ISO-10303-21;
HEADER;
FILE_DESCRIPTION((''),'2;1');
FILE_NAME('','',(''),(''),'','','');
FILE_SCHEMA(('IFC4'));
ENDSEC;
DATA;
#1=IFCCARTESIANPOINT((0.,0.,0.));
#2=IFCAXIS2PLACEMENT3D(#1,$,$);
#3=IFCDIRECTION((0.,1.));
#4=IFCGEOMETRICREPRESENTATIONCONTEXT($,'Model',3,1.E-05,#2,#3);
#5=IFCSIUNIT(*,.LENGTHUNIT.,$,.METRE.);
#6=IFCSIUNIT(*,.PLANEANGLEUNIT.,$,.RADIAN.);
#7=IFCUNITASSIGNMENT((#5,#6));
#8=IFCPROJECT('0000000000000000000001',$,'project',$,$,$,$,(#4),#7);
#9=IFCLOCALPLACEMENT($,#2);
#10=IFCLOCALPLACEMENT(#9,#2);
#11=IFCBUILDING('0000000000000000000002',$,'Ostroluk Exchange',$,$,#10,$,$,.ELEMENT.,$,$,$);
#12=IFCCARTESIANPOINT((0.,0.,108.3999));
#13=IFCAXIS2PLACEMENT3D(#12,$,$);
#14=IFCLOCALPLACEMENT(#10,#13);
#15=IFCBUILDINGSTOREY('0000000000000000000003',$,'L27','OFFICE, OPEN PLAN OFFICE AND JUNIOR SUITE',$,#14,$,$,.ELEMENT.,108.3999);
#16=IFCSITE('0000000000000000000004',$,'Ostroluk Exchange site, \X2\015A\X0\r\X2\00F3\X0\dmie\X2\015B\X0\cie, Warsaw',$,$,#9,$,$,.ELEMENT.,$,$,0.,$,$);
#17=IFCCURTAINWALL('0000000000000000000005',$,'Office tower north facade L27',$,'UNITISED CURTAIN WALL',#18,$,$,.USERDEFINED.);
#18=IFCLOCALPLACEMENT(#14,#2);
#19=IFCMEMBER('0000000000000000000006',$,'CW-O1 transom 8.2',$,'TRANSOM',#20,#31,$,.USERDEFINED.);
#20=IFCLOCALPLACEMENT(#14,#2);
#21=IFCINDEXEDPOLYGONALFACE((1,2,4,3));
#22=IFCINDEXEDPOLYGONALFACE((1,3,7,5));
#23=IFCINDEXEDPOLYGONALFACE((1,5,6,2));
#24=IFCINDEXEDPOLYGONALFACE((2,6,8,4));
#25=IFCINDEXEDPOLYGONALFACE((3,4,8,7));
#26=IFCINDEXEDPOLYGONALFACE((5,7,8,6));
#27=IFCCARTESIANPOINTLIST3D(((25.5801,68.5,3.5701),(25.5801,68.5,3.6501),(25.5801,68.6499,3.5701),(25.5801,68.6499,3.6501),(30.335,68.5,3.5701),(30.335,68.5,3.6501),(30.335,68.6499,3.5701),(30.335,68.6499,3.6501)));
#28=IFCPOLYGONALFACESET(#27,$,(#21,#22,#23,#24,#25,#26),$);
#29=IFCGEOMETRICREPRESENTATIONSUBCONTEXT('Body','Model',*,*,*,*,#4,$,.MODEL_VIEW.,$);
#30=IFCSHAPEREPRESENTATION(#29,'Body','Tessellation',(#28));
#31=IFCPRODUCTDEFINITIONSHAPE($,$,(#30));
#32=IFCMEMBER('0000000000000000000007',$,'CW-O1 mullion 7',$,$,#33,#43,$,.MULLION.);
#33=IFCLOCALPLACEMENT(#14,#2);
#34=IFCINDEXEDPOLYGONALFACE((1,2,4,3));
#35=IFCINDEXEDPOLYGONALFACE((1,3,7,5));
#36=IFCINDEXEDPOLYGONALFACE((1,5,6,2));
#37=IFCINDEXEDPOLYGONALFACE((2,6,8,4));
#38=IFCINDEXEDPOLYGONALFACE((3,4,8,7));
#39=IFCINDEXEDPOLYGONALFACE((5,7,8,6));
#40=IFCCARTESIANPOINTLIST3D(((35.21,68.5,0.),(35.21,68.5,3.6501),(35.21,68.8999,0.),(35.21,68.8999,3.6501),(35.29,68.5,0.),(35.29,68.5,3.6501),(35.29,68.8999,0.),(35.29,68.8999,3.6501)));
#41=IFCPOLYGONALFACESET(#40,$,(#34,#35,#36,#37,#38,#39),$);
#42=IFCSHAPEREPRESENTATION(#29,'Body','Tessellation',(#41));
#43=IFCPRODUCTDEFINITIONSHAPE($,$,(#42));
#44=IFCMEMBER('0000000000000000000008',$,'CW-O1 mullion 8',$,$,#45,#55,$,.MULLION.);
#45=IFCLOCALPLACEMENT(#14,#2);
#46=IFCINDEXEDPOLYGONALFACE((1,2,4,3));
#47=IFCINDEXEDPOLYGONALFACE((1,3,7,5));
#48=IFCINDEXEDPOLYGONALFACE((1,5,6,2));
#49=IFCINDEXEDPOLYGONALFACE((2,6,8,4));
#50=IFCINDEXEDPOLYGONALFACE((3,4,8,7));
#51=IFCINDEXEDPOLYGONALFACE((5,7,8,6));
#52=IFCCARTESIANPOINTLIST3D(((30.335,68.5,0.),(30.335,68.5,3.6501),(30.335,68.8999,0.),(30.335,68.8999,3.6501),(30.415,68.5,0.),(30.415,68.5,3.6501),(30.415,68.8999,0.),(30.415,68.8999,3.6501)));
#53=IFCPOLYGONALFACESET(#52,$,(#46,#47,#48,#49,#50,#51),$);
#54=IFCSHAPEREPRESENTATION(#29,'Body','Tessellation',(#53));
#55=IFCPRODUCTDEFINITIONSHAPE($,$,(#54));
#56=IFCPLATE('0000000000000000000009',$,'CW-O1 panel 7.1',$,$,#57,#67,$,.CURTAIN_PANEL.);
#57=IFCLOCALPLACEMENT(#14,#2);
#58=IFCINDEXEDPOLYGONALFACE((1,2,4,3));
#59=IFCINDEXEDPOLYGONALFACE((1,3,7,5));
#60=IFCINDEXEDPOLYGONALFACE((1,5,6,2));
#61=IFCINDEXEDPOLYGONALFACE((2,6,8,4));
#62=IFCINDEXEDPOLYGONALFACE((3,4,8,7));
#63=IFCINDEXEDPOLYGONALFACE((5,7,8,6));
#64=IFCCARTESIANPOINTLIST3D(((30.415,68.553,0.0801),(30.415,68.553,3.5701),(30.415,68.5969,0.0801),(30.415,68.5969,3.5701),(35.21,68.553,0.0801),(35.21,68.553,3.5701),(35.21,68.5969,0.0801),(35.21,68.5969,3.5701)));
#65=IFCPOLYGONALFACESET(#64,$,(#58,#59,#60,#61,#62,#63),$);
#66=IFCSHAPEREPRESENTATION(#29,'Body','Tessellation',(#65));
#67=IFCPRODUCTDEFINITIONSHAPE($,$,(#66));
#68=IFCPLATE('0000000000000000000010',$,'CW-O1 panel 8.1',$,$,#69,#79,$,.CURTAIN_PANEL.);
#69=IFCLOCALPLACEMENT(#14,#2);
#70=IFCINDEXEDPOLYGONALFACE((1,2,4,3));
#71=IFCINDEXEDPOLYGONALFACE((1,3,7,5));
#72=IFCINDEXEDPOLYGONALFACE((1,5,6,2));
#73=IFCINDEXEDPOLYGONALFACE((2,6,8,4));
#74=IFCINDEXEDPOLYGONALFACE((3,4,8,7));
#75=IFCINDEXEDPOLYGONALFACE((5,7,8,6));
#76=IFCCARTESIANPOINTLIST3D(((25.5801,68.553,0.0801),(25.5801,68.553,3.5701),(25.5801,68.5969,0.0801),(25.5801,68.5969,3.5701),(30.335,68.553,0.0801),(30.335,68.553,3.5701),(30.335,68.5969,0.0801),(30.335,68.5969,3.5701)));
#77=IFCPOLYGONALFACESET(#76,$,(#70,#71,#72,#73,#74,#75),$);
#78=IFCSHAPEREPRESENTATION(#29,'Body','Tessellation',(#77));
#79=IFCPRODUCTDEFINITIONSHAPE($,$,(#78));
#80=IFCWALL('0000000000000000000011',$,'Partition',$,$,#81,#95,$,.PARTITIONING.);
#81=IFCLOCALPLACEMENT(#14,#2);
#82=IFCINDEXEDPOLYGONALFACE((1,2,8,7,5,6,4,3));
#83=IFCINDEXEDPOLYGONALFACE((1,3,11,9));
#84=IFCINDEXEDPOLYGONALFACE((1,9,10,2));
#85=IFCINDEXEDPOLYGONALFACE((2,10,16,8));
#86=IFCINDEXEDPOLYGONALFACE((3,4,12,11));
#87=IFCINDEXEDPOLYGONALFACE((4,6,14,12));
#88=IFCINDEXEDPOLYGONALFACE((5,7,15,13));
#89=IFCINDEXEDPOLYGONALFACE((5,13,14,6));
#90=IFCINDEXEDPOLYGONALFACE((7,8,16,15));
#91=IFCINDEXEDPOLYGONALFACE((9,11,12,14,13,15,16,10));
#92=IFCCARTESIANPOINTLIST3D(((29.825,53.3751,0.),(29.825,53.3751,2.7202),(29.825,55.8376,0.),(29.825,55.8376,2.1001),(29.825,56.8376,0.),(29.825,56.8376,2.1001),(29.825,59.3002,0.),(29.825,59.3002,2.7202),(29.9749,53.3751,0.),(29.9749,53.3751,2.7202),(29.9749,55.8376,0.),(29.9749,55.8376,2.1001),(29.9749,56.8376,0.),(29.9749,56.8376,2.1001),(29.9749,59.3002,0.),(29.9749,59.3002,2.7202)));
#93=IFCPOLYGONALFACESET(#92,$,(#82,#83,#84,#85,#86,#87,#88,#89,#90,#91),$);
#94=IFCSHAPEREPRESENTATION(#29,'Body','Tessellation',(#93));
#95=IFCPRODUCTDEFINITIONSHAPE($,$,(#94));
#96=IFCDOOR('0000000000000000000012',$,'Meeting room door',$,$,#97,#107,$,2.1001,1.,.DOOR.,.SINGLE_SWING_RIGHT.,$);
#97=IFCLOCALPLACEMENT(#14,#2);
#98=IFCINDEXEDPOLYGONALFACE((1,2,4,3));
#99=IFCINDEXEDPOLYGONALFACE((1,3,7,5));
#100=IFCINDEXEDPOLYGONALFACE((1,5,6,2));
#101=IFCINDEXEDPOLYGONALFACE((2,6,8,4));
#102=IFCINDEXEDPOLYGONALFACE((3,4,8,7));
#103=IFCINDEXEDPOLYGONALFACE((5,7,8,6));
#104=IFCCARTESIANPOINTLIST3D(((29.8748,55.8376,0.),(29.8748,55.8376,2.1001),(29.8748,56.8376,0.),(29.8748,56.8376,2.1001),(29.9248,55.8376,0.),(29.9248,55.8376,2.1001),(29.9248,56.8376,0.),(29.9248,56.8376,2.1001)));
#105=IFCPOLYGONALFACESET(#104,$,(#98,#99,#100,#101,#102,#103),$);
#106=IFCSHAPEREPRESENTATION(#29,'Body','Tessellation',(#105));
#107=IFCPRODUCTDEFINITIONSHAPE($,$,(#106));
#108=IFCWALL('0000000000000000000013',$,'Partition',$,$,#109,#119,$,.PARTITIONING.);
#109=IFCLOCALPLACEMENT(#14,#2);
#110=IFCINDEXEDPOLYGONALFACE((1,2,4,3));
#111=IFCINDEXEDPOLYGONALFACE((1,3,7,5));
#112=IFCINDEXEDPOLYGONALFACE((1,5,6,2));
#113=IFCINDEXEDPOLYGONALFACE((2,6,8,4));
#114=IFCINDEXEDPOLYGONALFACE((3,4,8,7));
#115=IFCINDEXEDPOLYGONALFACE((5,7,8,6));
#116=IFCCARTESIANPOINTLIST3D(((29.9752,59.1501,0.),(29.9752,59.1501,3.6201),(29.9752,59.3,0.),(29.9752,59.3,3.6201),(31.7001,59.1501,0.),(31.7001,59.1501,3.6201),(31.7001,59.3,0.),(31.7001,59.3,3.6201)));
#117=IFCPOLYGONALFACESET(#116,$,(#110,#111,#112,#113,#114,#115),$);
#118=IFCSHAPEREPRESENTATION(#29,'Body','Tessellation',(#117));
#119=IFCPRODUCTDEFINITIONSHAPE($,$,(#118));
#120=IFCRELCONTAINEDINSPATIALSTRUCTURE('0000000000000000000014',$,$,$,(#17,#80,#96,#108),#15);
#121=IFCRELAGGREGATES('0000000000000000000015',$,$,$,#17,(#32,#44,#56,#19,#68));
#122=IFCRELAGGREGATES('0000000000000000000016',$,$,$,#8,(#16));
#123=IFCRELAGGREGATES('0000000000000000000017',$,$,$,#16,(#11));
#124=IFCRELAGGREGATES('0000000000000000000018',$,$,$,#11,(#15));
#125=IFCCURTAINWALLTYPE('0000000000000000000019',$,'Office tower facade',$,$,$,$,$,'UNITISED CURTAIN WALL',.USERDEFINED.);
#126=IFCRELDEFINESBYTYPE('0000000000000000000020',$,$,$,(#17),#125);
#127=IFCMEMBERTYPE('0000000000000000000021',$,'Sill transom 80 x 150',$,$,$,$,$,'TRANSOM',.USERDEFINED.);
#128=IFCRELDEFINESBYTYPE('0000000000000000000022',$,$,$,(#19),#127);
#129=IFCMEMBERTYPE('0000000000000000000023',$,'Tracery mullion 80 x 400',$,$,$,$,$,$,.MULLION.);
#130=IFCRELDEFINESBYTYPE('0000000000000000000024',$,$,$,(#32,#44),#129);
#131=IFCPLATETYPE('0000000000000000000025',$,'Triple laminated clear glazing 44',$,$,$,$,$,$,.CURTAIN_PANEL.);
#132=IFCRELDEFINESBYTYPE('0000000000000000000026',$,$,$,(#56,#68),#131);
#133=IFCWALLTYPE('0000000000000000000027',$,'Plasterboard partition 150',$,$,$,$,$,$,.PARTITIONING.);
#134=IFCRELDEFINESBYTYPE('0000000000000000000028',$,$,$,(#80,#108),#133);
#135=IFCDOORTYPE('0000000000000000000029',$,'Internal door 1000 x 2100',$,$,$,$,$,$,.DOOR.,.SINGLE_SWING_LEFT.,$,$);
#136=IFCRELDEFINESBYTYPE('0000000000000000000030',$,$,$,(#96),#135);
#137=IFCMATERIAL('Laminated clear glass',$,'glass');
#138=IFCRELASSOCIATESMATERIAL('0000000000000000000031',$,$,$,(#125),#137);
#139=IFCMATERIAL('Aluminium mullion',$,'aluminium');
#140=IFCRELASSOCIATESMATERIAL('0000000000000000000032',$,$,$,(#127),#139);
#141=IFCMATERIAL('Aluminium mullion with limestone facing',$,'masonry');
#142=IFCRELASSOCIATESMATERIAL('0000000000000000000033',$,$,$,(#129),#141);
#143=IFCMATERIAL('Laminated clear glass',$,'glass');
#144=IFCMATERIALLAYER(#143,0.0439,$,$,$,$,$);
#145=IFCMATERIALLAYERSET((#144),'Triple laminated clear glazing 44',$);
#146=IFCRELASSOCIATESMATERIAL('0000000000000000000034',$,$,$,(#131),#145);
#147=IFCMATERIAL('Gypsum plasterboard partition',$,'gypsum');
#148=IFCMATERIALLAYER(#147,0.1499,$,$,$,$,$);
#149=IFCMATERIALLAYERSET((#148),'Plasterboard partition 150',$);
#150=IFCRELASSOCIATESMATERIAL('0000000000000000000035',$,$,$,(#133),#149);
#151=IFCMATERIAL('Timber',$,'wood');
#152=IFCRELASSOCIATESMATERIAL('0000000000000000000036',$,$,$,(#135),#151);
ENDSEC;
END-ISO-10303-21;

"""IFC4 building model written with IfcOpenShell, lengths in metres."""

from ifc_helpers import new_model, si_unit, direction, frame, frame_2d, origin, origin_2d, place, context, subcontext, project, spatial, rectangle, extrude, material, layer, layer_set, material_profile, profile_set, type_object, element, fill, aggregate, save


model = new_model("IFC4")

# Units and contexts
model_context = context("Model", 3, precision=1e-05, world=origin(), true_north=direction((0.0, 1.0)))
body_context = subcontext(model_context, "Body", "Model", "MODEL_VIEW")
ifc_project = project(units=[si_unit("LENGTHUNIT", "METRE"), si_unit("PLANEANGLEUNIT", "RADIAN")], contexts=[model_context])

# Site, building, storey
site_placement = place(None, origin())
site = spatial("IfcSite", under=ifc_project, at=site_placement, Name="Ostroluk Exchange site, Śródmieście, Warsaw", CompositionType="ELEMENT", RefElevation=0.0)
building_placement = place(site_placement, origin())
building = spatial("IfcBuilding", under=site, at=building_placement, Name="Ostroluk Exchange", CompositionType="ELEMENT")
storey_placement = place(building_placement, frame((0.0, 0.0, 108.3999)))
storey = spatial("IfcBuildingStorey", under=building, at=storey_placement, Name="L27", Description="OFFICE, OPEN PLAN OFFICE AND JUNIOR SUITE", CompositionType="ELEMENT", Elevation=108.3999)

# Curtain wall, members, plates
ifc_material_1 = material(Name="Laminated clear glass", Category="glass")
curtain_wall_type = type_object("IfcCurtainWallType", Name="Office tower facade", ElementType="UNITISED CURTAIN WALL", PredefinedType="USERDEFINED", material=ifc_material_1)
curtain_wall_placement = place(storey_placement, origin())
curtain_wall = element("IfcCurtainWall", 1, at=curtain_wall_placement, inside=storey, type_object=curtain_wall_type, Name="Office tower north facade L27", ObjectType="UNITISED CURTAIN WALL", PredefinedType="USERDEFINED")
ifc_material_2 = material(Name="Aluminium mullion", Category="aluminium")
ifc_material_profile_1 = material_profile(ifc_material_2, rectangle(XDim=0.1499, YDim=0.0801, at=origin_2d()), Name="Sill transom 80 x 150")
ifc_profile_set_1 = profile_set([ifc_material_profile_1], Name="Aluminium mullion")
member_type_1 = type_object("IfcMemberType", Name="Sill transom 80 x 150", ElementType="TRANSOM", PredefinedType="USERDEFINED", material=ifc_profile_set_1)
member_1_placement = place(storey_placement, frame((30.335, 68.575, 3.6101), z_axis=(-1.0, 0.0, 0.0), x_axis=(0.0, -1.0, 0.0)))
member_1 = element("IfcMember", 2, at=member_1_placement, type_object=member_type_1, Name="CW-O1 transom 8.2", ObjectType="TRANSOM", PredefinedType="USERDEFINED", context=body_context, shape_type="SweptSolid", body=[
    extrude(rectangle(XDim=0.1499, YDim=0.0801, at=origin_2d()), origin(), (0.0, 0.0, 1.0), 4.7549),
])
ifc_material_3 = material(Name="Aluminium mullion with limestone facing", Category="masonry")
ifc_material_profile_2 = material_profile(ifc_material_3, rectangle(XDim=0.3999, YDim=0.0801, at=origin_2d()), Name="Tracery mullion 80 x 400")
ifc_profile_set_2 = profile_set([ifc_material_profile_2], Name="Aluminium mullion with limestone facing")
member_type_2 = type_object("IfcMemberType", Name="Tracery mullion 80 x 400", PredefinedType="MULLION", material=ifc_profile_set_2)
member_2_placement = place(storey_placement, frame((35.25, 68.7, 0.0), z_axis=(0.0, 0.0, 1.0), x_axis=(0.0, -1.0, 0.0)))
member_2 = element("IfcMember", 3, at=member_2_placement, type_object=member_type_2, Name="CW-O1 mullion 7", PredefinedType="MULLION", context=body_context, shape_type="SweptSolid", body=[
    extrude(rectangle(XDim=0.3999, YDim=0.0801, at=origin_2d()), origin(), (0.0, 0.0, 1.0), 3.6501),
])
member_3_placement = place(storey_placement, frame((30.375, 68.7, 0.0), z_axis=(0.0, 0.0, 1.0), x_axis=(0.0, -1.0, 0.0)))
member_3 = element("IfcMember", 4, at=member_3_placement, type_object=member_type_2, Name="CW-O1 mullion 8", PredefinedType="MULLION", context=body_context, shape_type="SweptSolid", body=[
    extrude(rectangle(XDim=0.3999, YDim=0.0801, at=origin_2d()), origin(), (0.0, 0.0, 1.0), 3.6501),
])
ifc_material_4 = material(Name="Laminated clear glass", Category="glass")
ifc_layer_1 = layer(ifc_material_4, 0.0439)
ifc_layer_set_1 = layer_set([ifc_layer_1], Name="Triple laminated clear glazing 44")
plate_type = type_object("IfcPlateType", Name="Triple laminated clear glazing 44", PredefinedType="CURTAIN_PANEL", material=ifc_layer_set_1)
plate_1_placement = place(storey_placement, frame((32.8125, 68.575, 0.0801), z_axis=(0.0, 0.0, 1.0), x_axis=(-1.0, 0.0, 0.0)))
plate_1 = element("IfcPlate", 5, at=plate_1_placement, type_object=plate_type, Name="CW-O1 panel 7.1", PredefinedType="CURTAIN_PANEL", context=body_context, shape_type="SweptSolid", body=[
    extrude(rectangle(XDim=4.7949, YDim=0.0439, at=origin_2d()), origin(), (0.0, 0.0, 1.0), 3.49),
])
plate_2_placement = place(storey_placement, frame((27.9575, 68.575, 0.0801), z_axis=(0.0, 0.0, 1.0), x_axis=(-1.0, 0.0, 0.0)))
plate_2 = element("IfcPlate", 6, at=plate_2_placement, type_object=plate_type, Name="CW-O1 panel 8.1", PredefinedType="CURTAIN_PANEL", context=body_context, shape_type="SweptSolid", body=[
    extrude(rectangle(XDim=4.7549, YDim=0.0439, at=origin_2d()), origin(), (0.0, 0.0, 1.0), 3.49),
])
aggregate(curtain_wall, [member_2, member_3, plate_1, member_1, plate_2])

# Wall, opening, door
ifc_material_5 = material(Name="Gypsum plasterboard partition", Category="gypsum")
ifc_layer_2 = layer(ifc_material_5, 0.1499)
ifc_layer_set_2 = layer_set([ifc_layer_2], Name="Plasterboard partition 150")
wall_type = type_object("IfcWallType", Name="Plasterboard partition 150", PredefinedType="PARTITIONING", material=ifc_layer_set_2)
wall_1_placement = place(storey_placement, frame((29.8999, 59.3, 0.0), z_axis=(0.0, 0.0, 1.0), x_axis=(0.0, -1.0, 0.0)))
wall_1 = element("IfcWall", 7, at=wall_1_placement, inside=storey, type_object=wall_type, Name="Partition", PredefinedType="PARTITIONING", context=body_context, shape_type="SweptSolid", body=[
    extrude(rectangle(XDim=5.925, YDim=0.1499, at=frame_2d((2.9624, 0.0))), origin(), (0.0, 0.0, 1.0), 2.7202),
])
opening_1_placement = place(wall_1_placement, frame((2.4624, 0.0, 0.0)))
opening_1 = element("IfcOpeningElement", 8, at=opening_1_placement, cuts=wall_1, PredefinedType="OPENING", context=body_context, shape_type="SweptSolid", body=[
    extrude(rectangle(XDim=1.0, YDim=2.1001, at=frame_2d((0.5, 1.05))), frame((0.0, 0.085, 0.0), z_axis=(0.0, -1.0, 0.0), x_axis=(1.0, 0.0, 0.0)), (0.0, 0.0, 1.0), 0.1699),
])
ifc_material_6 = material(Name="Timber", Category="wood")
door_type_1 = type_object("IfcDoorType", Name="Internal door 1000 x 2100", OperationType="SINGLE_SWING_LEFT", PredefinedType="DOOR", material=ifc_material_6)
door_1_placement = place(opening_1_placement, origin())
door_1 = element("IfcDoor", 9, at=door_1_placement, inside=storey, type_object=door_type_1, Name="Meeting room door", OperationType="SINGLE_SWING_RIGHT", OverallHeight=2.1001, OverallWidth=1.0, PredefinedType="DOOR", context=body_context, shape_type="SweptSolid", body=[
    extrude(rectangle(XDim=1.0, YDim=2.1001, at=frame_2d((0.5, 1.05))), frame((0.0, 0.0249, 0.0), z_axis=(0.0, -1.0, 0.0), x_axis=(1.0, 0.0, 0.0)), (0.0, 0.0, 1.0), 0.05),
])
fill(opening_1, door_1)

# Wall
wall_2_placement = place(storey_placement, frame((31.7, 59.2251, 0.0), z_axis=(0.0, 0.0, 1.0), x_axis=(-1.0, 0.0, 0.0)))
element("IfcWall", 10, at=wall_2_placement, inside=storey, type_object=wall_type, Name="Partition", PredefinedType="PARTITIONING", context=body_context, shape_type="SweptSolid", body=[
    extrude(rectangle(XDim=1.7249, YDim=0.1499, at=frame_2d((0.8623, 0.0))), origin(), (0.0, 0.0, 1.0), 3.6201),
])

save(model, "model.ifc")
